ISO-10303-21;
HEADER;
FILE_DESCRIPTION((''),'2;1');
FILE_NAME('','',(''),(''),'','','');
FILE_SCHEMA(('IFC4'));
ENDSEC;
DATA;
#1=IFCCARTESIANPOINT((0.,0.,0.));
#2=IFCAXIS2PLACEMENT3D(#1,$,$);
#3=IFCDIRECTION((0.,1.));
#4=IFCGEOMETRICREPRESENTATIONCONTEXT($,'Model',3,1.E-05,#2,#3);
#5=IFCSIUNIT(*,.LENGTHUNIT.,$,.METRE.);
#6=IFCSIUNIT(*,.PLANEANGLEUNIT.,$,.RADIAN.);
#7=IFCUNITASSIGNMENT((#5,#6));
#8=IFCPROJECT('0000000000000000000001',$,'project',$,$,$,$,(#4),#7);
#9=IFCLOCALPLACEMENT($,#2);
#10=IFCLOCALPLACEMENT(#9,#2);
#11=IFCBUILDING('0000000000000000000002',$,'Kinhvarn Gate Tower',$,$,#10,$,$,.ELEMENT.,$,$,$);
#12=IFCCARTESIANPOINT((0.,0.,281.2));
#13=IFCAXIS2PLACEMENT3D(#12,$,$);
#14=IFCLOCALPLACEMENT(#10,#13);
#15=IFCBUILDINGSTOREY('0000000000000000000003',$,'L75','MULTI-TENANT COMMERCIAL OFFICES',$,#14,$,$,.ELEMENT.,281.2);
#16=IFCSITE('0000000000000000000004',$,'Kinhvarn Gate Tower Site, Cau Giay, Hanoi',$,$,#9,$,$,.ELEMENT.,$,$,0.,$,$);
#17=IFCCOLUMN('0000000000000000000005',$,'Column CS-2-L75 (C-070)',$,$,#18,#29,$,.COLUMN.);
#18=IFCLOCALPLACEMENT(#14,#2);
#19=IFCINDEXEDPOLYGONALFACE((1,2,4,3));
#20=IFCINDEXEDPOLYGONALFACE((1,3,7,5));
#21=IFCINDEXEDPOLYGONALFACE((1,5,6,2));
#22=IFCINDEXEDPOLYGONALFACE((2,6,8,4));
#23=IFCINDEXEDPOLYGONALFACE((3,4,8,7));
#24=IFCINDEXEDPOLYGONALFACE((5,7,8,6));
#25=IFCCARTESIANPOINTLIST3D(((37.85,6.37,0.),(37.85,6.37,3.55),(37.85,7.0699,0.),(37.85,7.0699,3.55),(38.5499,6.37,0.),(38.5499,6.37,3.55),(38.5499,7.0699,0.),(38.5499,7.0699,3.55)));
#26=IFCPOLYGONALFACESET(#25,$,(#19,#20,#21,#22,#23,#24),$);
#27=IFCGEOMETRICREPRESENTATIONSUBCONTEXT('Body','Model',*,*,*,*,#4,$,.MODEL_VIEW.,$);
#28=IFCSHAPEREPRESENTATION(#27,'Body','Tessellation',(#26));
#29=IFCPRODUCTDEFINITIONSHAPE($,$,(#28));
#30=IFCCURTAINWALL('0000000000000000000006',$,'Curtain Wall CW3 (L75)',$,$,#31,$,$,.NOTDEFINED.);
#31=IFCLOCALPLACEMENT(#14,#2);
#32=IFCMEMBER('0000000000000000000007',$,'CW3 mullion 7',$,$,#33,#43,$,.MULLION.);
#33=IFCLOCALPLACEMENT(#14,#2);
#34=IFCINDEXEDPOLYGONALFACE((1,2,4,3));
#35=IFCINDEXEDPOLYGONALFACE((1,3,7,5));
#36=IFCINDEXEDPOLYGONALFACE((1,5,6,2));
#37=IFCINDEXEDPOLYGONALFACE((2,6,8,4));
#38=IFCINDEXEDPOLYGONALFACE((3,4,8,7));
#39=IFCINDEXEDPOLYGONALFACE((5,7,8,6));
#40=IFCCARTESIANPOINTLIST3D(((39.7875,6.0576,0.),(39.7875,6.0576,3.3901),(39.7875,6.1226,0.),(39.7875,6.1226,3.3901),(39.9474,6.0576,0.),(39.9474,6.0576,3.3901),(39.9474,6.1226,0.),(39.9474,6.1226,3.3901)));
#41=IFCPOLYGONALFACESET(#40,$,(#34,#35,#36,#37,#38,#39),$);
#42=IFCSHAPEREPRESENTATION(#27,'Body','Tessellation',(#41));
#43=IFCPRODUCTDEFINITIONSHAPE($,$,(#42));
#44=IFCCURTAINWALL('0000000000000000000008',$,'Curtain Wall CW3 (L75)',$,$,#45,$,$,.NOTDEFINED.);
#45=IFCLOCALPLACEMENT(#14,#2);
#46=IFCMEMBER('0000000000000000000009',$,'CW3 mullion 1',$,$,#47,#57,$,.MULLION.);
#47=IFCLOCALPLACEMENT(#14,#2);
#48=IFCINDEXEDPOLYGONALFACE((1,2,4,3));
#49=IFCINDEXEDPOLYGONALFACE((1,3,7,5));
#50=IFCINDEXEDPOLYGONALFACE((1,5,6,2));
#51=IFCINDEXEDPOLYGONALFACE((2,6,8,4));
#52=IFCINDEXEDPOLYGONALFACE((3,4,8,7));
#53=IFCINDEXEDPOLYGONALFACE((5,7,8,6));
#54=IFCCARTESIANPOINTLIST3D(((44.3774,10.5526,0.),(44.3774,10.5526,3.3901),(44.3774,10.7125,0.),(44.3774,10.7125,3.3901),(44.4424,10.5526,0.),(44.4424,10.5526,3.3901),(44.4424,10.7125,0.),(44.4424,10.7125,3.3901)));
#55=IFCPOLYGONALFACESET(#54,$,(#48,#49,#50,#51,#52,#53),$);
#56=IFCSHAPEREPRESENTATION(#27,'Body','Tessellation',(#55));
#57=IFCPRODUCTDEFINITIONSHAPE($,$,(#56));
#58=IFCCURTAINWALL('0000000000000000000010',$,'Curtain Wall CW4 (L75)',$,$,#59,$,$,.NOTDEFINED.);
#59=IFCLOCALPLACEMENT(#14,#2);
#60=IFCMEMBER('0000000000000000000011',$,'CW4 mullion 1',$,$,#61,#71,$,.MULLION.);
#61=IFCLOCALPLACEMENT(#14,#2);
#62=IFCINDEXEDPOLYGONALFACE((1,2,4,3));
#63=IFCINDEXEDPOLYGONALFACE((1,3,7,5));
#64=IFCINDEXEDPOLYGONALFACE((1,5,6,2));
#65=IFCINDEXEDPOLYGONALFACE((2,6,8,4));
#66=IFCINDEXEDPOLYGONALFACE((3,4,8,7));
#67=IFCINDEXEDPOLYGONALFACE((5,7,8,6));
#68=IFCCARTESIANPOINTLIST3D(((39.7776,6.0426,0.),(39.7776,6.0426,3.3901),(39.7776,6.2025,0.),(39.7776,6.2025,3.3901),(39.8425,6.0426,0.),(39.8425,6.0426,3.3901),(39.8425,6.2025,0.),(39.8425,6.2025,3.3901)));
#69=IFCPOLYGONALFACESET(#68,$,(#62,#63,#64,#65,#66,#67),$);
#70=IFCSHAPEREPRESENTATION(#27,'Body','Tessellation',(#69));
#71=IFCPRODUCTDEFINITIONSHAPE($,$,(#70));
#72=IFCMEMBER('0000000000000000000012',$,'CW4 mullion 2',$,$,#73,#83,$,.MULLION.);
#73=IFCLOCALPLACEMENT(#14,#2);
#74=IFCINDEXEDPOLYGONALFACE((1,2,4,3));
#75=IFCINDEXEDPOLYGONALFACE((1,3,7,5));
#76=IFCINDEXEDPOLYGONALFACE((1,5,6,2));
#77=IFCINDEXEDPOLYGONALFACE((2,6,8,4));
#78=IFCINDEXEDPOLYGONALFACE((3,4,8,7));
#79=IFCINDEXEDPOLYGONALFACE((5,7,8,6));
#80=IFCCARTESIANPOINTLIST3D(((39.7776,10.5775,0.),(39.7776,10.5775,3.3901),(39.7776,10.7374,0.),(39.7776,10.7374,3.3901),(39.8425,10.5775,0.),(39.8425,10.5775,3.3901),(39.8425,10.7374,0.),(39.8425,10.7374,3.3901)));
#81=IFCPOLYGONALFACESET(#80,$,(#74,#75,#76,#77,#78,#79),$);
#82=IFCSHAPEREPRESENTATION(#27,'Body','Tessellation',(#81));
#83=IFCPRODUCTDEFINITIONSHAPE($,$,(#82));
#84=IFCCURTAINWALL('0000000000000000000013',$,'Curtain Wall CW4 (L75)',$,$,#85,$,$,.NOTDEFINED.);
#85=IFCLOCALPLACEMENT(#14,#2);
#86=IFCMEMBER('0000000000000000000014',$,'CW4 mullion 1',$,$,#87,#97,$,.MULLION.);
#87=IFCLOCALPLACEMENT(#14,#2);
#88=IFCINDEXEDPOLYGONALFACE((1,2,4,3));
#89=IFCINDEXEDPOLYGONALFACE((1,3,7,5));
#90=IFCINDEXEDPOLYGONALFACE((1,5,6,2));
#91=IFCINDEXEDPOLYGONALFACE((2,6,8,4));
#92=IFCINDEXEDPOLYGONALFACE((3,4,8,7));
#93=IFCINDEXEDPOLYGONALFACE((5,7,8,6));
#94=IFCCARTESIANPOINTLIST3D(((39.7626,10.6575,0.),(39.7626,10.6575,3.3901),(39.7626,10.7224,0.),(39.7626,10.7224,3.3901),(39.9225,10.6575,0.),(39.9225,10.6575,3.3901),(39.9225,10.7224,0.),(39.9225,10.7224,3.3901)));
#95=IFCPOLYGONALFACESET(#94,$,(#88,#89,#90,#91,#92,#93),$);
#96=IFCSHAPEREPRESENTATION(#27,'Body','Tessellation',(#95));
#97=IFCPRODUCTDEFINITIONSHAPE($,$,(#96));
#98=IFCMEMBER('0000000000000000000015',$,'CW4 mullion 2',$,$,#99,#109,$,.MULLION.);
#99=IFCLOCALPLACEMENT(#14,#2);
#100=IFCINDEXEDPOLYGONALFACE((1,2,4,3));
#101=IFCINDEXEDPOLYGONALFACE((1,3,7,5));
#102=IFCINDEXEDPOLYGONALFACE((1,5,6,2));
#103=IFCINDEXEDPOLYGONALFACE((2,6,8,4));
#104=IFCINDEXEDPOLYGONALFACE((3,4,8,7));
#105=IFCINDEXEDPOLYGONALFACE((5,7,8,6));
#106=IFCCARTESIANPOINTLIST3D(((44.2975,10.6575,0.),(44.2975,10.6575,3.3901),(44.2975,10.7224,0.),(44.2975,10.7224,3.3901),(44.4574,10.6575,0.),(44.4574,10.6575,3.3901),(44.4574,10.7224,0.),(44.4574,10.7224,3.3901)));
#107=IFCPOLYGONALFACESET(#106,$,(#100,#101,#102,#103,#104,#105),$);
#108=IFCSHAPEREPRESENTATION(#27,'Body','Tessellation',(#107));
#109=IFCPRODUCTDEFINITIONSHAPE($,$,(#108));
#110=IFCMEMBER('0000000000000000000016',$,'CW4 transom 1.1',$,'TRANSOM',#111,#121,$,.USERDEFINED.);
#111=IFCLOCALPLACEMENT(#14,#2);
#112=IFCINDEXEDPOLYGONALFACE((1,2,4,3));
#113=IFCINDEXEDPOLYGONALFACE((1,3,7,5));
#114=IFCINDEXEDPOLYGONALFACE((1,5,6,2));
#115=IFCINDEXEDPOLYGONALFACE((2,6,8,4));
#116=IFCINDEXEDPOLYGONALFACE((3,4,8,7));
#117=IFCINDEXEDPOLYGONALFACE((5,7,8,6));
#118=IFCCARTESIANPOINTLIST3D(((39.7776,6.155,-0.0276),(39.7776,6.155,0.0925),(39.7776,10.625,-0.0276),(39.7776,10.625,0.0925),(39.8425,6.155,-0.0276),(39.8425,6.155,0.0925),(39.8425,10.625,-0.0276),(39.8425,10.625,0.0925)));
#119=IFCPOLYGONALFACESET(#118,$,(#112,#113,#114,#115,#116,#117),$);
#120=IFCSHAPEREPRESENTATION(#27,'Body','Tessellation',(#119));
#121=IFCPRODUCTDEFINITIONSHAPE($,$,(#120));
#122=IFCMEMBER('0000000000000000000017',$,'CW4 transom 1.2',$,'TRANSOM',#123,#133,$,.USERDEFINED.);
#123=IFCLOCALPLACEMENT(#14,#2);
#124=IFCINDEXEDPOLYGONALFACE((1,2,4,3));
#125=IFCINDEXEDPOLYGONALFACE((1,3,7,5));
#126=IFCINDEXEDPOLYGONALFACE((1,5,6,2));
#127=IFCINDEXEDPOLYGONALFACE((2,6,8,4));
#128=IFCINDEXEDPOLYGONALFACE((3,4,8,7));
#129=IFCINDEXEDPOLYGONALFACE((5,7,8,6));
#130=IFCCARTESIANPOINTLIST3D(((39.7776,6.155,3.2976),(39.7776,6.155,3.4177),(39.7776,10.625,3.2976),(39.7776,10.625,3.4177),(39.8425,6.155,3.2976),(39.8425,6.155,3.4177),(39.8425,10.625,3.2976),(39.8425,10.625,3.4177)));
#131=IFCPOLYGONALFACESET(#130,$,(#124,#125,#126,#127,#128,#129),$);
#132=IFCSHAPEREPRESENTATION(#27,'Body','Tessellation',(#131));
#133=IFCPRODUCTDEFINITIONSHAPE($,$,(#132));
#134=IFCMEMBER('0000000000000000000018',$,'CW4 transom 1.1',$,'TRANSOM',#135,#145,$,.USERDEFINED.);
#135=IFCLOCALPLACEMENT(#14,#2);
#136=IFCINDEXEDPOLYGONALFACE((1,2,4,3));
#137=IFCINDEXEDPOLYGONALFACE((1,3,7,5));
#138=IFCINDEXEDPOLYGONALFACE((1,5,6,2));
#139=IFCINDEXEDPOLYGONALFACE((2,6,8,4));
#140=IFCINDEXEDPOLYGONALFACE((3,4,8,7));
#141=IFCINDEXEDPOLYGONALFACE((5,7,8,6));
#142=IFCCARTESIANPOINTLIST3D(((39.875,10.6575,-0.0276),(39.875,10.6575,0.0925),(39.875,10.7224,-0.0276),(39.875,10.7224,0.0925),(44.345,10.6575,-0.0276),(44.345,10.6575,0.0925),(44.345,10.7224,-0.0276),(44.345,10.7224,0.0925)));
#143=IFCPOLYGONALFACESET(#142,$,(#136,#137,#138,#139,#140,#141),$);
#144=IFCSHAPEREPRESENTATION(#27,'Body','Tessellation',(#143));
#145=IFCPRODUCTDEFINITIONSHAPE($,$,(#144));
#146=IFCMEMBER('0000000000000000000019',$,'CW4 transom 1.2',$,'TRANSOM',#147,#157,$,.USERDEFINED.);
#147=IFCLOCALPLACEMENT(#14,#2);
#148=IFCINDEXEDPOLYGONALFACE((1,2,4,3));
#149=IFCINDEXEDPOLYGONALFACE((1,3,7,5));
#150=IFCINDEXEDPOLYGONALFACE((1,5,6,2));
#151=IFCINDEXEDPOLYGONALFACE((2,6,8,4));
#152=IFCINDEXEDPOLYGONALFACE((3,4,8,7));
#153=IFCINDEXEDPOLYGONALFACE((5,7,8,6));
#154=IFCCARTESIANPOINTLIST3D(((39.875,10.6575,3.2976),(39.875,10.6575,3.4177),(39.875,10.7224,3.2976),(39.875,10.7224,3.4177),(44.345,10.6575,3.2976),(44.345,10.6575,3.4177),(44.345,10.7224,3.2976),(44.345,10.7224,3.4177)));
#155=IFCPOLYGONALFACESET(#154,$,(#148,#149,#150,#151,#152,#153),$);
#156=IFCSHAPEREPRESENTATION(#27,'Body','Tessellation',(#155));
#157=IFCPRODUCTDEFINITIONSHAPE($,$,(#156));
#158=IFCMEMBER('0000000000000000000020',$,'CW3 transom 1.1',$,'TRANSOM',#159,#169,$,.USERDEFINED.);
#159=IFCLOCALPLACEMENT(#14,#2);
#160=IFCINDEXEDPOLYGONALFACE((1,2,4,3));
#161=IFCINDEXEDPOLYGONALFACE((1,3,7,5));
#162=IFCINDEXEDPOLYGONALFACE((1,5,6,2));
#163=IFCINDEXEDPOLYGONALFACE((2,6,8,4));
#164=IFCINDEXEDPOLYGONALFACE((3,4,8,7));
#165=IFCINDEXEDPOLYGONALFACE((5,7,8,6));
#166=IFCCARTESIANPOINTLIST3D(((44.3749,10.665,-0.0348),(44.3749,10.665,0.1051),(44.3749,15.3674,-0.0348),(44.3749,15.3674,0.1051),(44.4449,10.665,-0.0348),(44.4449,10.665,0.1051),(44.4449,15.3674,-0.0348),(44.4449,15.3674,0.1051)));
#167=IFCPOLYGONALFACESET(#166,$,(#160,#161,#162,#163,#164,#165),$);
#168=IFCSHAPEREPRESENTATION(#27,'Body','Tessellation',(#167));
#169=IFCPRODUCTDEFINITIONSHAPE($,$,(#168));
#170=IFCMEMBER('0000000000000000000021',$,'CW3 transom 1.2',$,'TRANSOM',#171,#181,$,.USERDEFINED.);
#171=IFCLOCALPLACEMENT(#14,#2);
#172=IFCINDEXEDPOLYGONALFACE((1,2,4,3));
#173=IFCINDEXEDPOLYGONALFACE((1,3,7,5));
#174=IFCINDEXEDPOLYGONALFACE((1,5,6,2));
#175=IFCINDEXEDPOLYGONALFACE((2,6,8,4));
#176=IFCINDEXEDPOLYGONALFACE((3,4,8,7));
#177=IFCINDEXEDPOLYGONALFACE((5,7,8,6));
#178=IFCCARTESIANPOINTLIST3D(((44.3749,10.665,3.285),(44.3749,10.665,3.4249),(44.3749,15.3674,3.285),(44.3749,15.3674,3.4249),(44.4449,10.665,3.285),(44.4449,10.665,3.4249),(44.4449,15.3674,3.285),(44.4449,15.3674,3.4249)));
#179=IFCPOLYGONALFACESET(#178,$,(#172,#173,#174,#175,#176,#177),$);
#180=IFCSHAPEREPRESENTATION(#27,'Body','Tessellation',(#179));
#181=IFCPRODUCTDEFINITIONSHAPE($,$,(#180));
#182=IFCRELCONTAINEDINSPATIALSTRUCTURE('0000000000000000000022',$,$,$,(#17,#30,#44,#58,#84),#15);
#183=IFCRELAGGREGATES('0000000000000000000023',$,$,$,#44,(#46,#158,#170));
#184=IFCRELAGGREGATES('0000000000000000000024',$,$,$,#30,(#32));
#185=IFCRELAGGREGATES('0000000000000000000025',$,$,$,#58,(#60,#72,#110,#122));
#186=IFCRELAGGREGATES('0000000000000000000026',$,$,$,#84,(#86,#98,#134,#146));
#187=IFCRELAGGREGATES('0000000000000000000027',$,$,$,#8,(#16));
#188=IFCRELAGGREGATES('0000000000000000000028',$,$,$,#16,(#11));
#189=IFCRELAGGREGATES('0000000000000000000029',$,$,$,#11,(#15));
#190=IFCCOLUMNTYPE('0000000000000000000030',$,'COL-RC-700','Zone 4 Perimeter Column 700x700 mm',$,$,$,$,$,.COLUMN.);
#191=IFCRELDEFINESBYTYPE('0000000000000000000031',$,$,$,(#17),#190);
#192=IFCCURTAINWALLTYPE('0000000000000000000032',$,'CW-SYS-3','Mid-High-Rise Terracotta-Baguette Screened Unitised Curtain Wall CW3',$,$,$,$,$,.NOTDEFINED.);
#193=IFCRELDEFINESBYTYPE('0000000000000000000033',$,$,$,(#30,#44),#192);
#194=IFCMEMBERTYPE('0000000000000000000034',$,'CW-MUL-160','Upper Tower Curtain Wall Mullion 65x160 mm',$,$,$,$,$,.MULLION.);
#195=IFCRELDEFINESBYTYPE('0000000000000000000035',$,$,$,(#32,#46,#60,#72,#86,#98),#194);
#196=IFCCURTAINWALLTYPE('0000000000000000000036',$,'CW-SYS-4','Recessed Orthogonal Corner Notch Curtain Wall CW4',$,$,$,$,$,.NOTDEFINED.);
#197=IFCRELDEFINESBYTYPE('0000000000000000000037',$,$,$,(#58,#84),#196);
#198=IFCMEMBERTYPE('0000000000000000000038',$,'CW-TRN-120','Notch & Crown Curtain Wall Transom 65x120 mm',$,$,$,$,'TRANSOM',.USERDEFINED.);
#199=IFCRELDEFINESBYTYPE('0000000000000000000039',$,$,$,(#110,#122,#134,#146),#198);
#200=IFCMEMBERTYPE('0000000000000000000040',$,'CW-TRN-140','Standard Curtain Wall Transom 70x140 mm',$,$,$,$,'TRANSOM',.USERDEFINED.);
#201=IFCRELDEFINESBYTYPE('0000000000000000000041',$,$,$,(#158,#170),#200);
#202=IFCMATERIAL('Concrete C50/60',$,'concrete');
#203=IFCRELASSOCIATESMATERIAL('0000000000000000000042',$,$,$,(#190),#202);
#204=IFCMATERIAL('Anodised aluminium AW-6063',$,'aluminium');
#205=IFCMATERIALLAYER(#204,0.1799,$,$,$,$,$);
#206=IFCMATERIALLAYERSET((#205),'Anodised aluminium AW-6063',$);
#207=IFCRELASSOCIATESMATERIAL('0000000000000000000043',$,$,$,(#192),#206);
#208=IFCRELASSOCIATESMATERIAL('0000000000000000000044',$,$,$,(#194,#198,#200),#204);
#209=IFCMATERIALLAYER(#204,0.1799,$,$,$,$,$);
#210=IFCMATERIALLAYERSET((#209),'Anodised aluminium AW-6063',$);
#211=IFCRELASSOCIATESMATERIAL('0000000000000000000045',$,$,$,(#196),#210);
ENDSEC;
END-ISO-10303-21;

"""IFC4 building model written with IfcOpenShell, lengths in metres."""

from ifc_helpers import new_model, si_unit, direction, frame, origin, origin_2d, place, context, subcontext, project, spatial, rectangle, extrude, material, layer, layer_set, material_profile, profile_set, type_object, element, aggregate, save


model = new_model("IFC4")

# Units and contexts
model_context = context("Model", 3, precision=1e-05, world=origin(), true_north=direction((0.0, 1.0)))
body_context = subcontext(model_context, "Body", "Model", "MODEL_VIEW")
ifc_project = project(units=[si_unit("LENGTHUNIT", "METRE"), si_unit("PLANEANGLEUNIT", "RADIAN")], contexts=[model_context])

# Site, building, storey
site_placement = place(None, origin())
site = spatial("IfcSite", under=ifc_project, at=site_placement, Name="Kinhvarn Gate Tower Site, Cau Giay, Hanoi", CompositionType="ELEMENT", RefElevation=0.0)
building_placement = place(site_placement, origin())
building = spatial("IfcBuilding", under=site, at=building_placement, Name="Kinhvarn Gate Tower", CompositionType="ELEMENT")
storey_placement = place(building_placement, frame((0.0, 0.0, 281.2)))
storey = spatial("IfcBuildingStorey", under=building, at=storey_placement, Name="L75", Description="MULTI-TENANT COMMERCIAL OFFICES", CompositionType="ELEMENT", Elevation=281.2)

# Column
ifc_material_1 = material(Name="Concrete C50/60", Category="concrete")
ifc_material_profile_1 = material_profile(ifc_material_1, rectangle(XDim=0.7, YDim=0.7, at=origin_2d()), Name="RC 700x700")
ifc_profile_set_1 = profile_set([ifc_material_profile_1], Name="Concrete C50/60")
column_type = type_object("IfcColumnType", Name="COL-RC-700", Description="Zone 4 Perimeter Column 700x700 mm", PredefinedType="COLUMN", material=ifc_profile_set_1)
column_placement = place(storey_placement, frame((38.2, 6.72, 0.0), z_axis=(0.0, 0.0, 1.0), x_axis=(1.0, 0.0, 0.0)))
element("IfcColumn", 1, at=column_placement, inside=storey, type_object=column_type, Name="Column CS-2-L75 (C-070)", PredefinedType="COLUMN", context=body_context, shape_type="SweptSolid", body=[
    extrude(rectangle(XDim=0.7, YDim=0.7, at=origin_2d()), origin(), (0.0, 0.0, 1.0), 3.55),
])

# Curtain walls, members
ifc_material_2 = material(Name="Anodised aluminium AW-6063", Category="aluminium")
ifc_layer_1 = layer(ifc_material_2, 0.1799)
ifc_layer_set_1 = layer_set([ifc_layer_1], Name="Anodised aluminium AW-6063")
curtain_wall_type_1 = type_object("IfcCurtainWallType", Name="CW-SYS-3", Description="Mid-High-Rise Terracotta-Baguette Screened Unitised Curtain Wall CW3", PredefinedType="NOTDEFINED", material=ifc_layer_set_1)
curtain_wall_1_placement = place(storey_placement, origin())
curtain_wall_1 = element("IfcCurtainWall", 2, at=curtain_wall_1_placement, inside=storey, type_object=curtain_wall_type_1, Name="Curtain Wall CW3 (L75)", PredefinedType="NOTDEFINED")
ifc_material_profile_2 = material_profile(ifc_material_2, rectangle(XDim=0.0649, YDim=0.1599, at=origin_2d()), Name="ALU 65x160")
ifc_profile_set_2 = profile_set([ifc_material_profile_2], Name="Anodised aluminium AW-6063")
member_type_1 = type_object("IfcMemberType", Name="CW-MUL-160", Description="Upper Tower Curtain Wall Mullion 65x160 mm", PredefinedType="MULLION", material=ifc_profile_set_2)
member_1_placement = place(storey_placement, frame((39.8674, 6.0901, 0.0), z_axis=(0.0, 0.0, 1.0), x_axis=(0.0, 1.0, 0.0)))
member_1 = element("IfcMember", 3, at=member_1_placement, type_object=member_type_1, Name="CW3 mullion 7", PredefinedType="MULLION", context=body_context, shape_type="SweptSolid", body=[
    extrude(rectangle(XDim=0.0649, YDim=0.1599, at=origin_2d()), origin(), (0.0, 0.0, 1.0), 3.3901),
])
curtain_wall_2_placement = place(storey_placement, origin())
curtain_wall_2 = element("IfcCurtainWall", 4, at=curtain_wall_2_placement, inside=storey, type_object=curtain_wall_type_1, Name="Curtain Wall CW3 (L75)", PredefinedType="NOTDEFINED")
member_2_placement = place(storey_placement, frame((44.4099, 10.6326, 0.0), z_axis=(0.0, 0.0, 1.0), x_axis=(-1.0, 0.0, 0.0)))
member_2 = element("IfcMember", 5, at=member_2_placement, type_object=member_type_1, Name="CW3 mullion 1", PredefinedType="MULLION", context=body_context, shape_type="SweptSolid", body=[
    extrude(rectangle(XDim=0.0649, YDim=0.1599, at=origin_2d()), origin(), (0.0, 0.0, 1.0), 3.3901),
])

# Curtain walls, members
ifc_layer_2 = layer(ifc_material_2, 0.1799)
ifc_layer_set_2 = layer_set([ifc_layer_2], Name="Anodised aluminium AW-6063")
curtain_wall_type_2 = type_object("IfcCurtainWallType", Name="CW-SYS-4", Description="Recessed Orthogonal Corner Notch Curtain Wall CW4", PredefinedType="NOTDEFINED", material=ifc_layer_set_2)
curtain_wall_3_placement = place(storey_placement, origin())
curtain_wall_3 = element("IfcCurtainWall", 6, at=curtain_wall_3_placement, inside=storey, type_object=curtain_wall_type_2, Name="Curtain Wall CW4 (L75)", PredefinedType="NOTDEFINED")
member_3_placement = place(storey_placement, frame((39.8101, 6.1226, 0.0), z_axis=(0.0, 0.0, 1.0), x_axis=(-1.0, 0.0, 0.0)))
member_3 = element("IfcMember", 7, at=member_3_placement, type_object=member_type_1, Name="CW4 mullion 1", PredefinedType="MULLION", context=body_context, shape_type="SweptSolid", body=[
    extrude(rectangle(XDim=0.0649, YDim=0.1599, at=origin_2d()), origin(), (0.0, 0.0, 1.0), 3.3901),
])
member_4_placement = place(storey_placement, frame((39.8101, 10.6575, 0.0), z_axis=(0.0, 0.0, 1.0), x_axis=(-1.0, 0.0, 0.0)))
member_4 = element("IfcMember", 8, at=member_4_placement, type_object=member_type_1, Name="CW4 mullion 2", PredefinedType="MULLION", context=body_context, shape_type="SweptSolid", body=[
    extrude(rectangle(XDim=0.0649, YDim=0.1599, at=origin_2d()), origin(), (0.0, 0.0, 1.0), 3.3901),
])
curtain_wall_4_placement = place(storey_placement, origin())
curtain_wall_4 = element("IfcCurtainWall", 9, at=curtain_wall_4_placement, inside=storey, type_object=curtain_wall_type_2, Name="Curtain Wall CW4 (L75)", PredefinedType="NOTDEFINED")
member_5_placement = place(storey_placement, frame((39.8425, 10.6899, 0.0), z_axis=(0.0, 0.0, 1.0), x_axis=(0.0, 1.0, 0.0)))
member_5 = element("IfcMember", 10, at=member_5_placement, type_object=member_type_1, Name="CW4 mullion 1", PredefinedType="MULLION", context=body_context, shape_type="SweptSolid", body=[
    extrude(rectangle(XDim=0.0649, YDim=0.1599, at=origin_2d()), origin(), (0.0, 0.0, 1.0), 3.3901),
])
member_6_placement = place(storey_placement, frame((44.3774, 10.6899, 0.0), z_axis=(0.0, 0.0, 1.0), x_axis=(0.0, 1.0, 0.0)))
member_6 = element("IfcMember", 11, at=member_6_placement, type_object=member_type_1, Name="CW4 mullion 2", PredefinedType="MULLION", context=body_context, shape_type="SweptSolid", body=[
    extrude(rectangle(XDim=0.0649, YDim=0.1599, at=origin_2d()), origin(), (0.0, 0.0, 1.0), 3.3901),
])

# Members
ifc_material_profile_3 = material_profile(ifc_material_2, rectangle(XDim=0.0649, YDim=0.1201, at=origin_2d()), Name="ALU 65x120")
ifc_profile_set_3 = profile_set([ifc_material_profile_3], Name="Anodised aluminium AW-6063")
member_type_2 = type_object("IfcMemberType", Name="CW-TRN-120", Description="Notch & Crown Curtain Wall Transom 65x120 mm", ElementType="TRANSOM", PredefinedType="USERDEFINED", material=ifc_profile_set_3)
member_7_placement = place(storey_placement, frame((39.8101, 6.155, 0.0325), z_axis=(0.0, 1.0, 0.0), x_axis=(-1.0, 0.0, 0.0)))
member_7 = element("IfcMember", 12, at=member_7_placement, type_object=member_type_2, Name="CW4 transom 1.1", ObjectType="TRANSOM", PredefinedType="USERDEFINED", context=body_context, shape_type="SweptSolid", body=[
    extrude(rectangle(XDim=0.0649, YDim=0.1201, at=origin_2d()), origin(), (0.0, 0.0, 1.0), 4.47),
])
member_8_placement = place(storey_placement, frame((39.8101, 6.155, 3.3577), z_axis=(0.0, 1.0, 0.0), x_axis=(-1.0, 0.0, 0.0)))
member_8 = element("IfcMember", 13, at=member_8_placement, type_object=member_type_2, Name="CW4 transom 1.2", ObjectType="TRANSOM", PredefinedType="USERDEFINED", context=body_context, shape_type="SweptSolid", body=[
    extrude(rectangle(XDim=0.0649, YDim=0.1201, at=origin_2d()), origin(), (0.0, 0.0, 1.0), 4.47),
])
member_9_placement = place(storey_placement, frame((39.875, 10.6899, 0.0325), z_axis=(1.0, 0.0, 0.0), x_axis=(0.0, 1.0, 0.0)))
member_9 = element("IfcMember", 14, at=member_9_placement, type_object=member_type_2, Name="CW4 transom 1.1", ObjectType="TRANSOM", PredefinedType="USERDEFINED", context=body_context, shape_type="SweptSolid", body=[
    extrude(rectangle(XDim=0.0649, YDim=0.1201, at=origin_2d()), origin(), (0.0, 0.0, 1.0), 4.47),
])
member_10_placement = place(storey_placement, frame((39.875, 10.6899, 3.3577), z_axis=(1.0, 0.0, 0.0), x_axis=(0.0, 1.0, 0.0)))
member_10 = element("IfcMember", 15, at=member_10_placement, type_object=member_type_2, Name="CW4 transom 1.2", ObjectType="TRANSOM", PredefinedType="USERDEFINED", context=body_context, shape_type="SweptSolid", body=[
    extrude(rectangle(XDim=0.0649, YDim=0.1201, at=origin_2d()), origin(), (0.0, 0.0, 1.0), 4.47),
])
ifc_material_profile_4 = material_profile(ifc_material_2, rectangle(XDim=0.0701, YDim=0.1399, at=origin_2d()), Name="ALU 70x140")
ifc_profile_set_4 = profile_set([ifc_material_profile_4], Name="Anodised aluminium AW-6063")
member_type_3 = type_object("IfcMemberType", Name="CW-TRN-140", Description="Standard Curtain Wall Transom 70x140 mm", ElementType="TRANSOM", PredefinedType="USERDEFINED", material=ifc_profile_set_4)
member_11_placement = place(storey_placement, frame((44.4099, 10.665, 0.0352), z_axis=(0.0, 1.0, 0.0), x_axis=(-1.0, 0.0, 0.0)))
member_11 = element("IfcMember", 16, at=member_11_placement, type_object=member_type_3, Name="CW3 transom 1.1", ObjectType="TRANSOM", PredefinedType="USERDEFINED", context=body_context, shape_type="SweptSolid", body=[
    extrude(rectangle(XDim=0.0701, YDim=0.1399, at=origin_2d()), origin(), (0.0, 0.0, 1.0), 4.7024),
])
member_12_placement = place(storey_placement, frame((44.4099, 10.665, 3.355), z_axis=(0.0, 1.0, 0.0), x_axis=(-1.0, 0.0, 0.0)))
member_12 = element("IfcMember", 17, at=member_12_placement, type_object=member_type_3, Name="CW3 transom 1.2", ObjectType="TRANSOM", PredefinedType="USERDEFINED", context=body_context, shape_type="SweptSolid", body=[
    extrude(rectangle(XDim=0.0701, YDim=0.1399, at=origin_2d()), origin(), (0.0, 0.0, 1.0), 4.7024),
])
aggregate(curtain_wall_2, [member_2, member_11, member_12])

aggregate(curtain_wall_1, [member_1])
aggregate(curtain_wall_3, [member_3, member_4, member_7, member_8])
aggregate(curtain_wall_4, [member_5, member_6, member_9, member_10])

save(model, "model.ifc")
